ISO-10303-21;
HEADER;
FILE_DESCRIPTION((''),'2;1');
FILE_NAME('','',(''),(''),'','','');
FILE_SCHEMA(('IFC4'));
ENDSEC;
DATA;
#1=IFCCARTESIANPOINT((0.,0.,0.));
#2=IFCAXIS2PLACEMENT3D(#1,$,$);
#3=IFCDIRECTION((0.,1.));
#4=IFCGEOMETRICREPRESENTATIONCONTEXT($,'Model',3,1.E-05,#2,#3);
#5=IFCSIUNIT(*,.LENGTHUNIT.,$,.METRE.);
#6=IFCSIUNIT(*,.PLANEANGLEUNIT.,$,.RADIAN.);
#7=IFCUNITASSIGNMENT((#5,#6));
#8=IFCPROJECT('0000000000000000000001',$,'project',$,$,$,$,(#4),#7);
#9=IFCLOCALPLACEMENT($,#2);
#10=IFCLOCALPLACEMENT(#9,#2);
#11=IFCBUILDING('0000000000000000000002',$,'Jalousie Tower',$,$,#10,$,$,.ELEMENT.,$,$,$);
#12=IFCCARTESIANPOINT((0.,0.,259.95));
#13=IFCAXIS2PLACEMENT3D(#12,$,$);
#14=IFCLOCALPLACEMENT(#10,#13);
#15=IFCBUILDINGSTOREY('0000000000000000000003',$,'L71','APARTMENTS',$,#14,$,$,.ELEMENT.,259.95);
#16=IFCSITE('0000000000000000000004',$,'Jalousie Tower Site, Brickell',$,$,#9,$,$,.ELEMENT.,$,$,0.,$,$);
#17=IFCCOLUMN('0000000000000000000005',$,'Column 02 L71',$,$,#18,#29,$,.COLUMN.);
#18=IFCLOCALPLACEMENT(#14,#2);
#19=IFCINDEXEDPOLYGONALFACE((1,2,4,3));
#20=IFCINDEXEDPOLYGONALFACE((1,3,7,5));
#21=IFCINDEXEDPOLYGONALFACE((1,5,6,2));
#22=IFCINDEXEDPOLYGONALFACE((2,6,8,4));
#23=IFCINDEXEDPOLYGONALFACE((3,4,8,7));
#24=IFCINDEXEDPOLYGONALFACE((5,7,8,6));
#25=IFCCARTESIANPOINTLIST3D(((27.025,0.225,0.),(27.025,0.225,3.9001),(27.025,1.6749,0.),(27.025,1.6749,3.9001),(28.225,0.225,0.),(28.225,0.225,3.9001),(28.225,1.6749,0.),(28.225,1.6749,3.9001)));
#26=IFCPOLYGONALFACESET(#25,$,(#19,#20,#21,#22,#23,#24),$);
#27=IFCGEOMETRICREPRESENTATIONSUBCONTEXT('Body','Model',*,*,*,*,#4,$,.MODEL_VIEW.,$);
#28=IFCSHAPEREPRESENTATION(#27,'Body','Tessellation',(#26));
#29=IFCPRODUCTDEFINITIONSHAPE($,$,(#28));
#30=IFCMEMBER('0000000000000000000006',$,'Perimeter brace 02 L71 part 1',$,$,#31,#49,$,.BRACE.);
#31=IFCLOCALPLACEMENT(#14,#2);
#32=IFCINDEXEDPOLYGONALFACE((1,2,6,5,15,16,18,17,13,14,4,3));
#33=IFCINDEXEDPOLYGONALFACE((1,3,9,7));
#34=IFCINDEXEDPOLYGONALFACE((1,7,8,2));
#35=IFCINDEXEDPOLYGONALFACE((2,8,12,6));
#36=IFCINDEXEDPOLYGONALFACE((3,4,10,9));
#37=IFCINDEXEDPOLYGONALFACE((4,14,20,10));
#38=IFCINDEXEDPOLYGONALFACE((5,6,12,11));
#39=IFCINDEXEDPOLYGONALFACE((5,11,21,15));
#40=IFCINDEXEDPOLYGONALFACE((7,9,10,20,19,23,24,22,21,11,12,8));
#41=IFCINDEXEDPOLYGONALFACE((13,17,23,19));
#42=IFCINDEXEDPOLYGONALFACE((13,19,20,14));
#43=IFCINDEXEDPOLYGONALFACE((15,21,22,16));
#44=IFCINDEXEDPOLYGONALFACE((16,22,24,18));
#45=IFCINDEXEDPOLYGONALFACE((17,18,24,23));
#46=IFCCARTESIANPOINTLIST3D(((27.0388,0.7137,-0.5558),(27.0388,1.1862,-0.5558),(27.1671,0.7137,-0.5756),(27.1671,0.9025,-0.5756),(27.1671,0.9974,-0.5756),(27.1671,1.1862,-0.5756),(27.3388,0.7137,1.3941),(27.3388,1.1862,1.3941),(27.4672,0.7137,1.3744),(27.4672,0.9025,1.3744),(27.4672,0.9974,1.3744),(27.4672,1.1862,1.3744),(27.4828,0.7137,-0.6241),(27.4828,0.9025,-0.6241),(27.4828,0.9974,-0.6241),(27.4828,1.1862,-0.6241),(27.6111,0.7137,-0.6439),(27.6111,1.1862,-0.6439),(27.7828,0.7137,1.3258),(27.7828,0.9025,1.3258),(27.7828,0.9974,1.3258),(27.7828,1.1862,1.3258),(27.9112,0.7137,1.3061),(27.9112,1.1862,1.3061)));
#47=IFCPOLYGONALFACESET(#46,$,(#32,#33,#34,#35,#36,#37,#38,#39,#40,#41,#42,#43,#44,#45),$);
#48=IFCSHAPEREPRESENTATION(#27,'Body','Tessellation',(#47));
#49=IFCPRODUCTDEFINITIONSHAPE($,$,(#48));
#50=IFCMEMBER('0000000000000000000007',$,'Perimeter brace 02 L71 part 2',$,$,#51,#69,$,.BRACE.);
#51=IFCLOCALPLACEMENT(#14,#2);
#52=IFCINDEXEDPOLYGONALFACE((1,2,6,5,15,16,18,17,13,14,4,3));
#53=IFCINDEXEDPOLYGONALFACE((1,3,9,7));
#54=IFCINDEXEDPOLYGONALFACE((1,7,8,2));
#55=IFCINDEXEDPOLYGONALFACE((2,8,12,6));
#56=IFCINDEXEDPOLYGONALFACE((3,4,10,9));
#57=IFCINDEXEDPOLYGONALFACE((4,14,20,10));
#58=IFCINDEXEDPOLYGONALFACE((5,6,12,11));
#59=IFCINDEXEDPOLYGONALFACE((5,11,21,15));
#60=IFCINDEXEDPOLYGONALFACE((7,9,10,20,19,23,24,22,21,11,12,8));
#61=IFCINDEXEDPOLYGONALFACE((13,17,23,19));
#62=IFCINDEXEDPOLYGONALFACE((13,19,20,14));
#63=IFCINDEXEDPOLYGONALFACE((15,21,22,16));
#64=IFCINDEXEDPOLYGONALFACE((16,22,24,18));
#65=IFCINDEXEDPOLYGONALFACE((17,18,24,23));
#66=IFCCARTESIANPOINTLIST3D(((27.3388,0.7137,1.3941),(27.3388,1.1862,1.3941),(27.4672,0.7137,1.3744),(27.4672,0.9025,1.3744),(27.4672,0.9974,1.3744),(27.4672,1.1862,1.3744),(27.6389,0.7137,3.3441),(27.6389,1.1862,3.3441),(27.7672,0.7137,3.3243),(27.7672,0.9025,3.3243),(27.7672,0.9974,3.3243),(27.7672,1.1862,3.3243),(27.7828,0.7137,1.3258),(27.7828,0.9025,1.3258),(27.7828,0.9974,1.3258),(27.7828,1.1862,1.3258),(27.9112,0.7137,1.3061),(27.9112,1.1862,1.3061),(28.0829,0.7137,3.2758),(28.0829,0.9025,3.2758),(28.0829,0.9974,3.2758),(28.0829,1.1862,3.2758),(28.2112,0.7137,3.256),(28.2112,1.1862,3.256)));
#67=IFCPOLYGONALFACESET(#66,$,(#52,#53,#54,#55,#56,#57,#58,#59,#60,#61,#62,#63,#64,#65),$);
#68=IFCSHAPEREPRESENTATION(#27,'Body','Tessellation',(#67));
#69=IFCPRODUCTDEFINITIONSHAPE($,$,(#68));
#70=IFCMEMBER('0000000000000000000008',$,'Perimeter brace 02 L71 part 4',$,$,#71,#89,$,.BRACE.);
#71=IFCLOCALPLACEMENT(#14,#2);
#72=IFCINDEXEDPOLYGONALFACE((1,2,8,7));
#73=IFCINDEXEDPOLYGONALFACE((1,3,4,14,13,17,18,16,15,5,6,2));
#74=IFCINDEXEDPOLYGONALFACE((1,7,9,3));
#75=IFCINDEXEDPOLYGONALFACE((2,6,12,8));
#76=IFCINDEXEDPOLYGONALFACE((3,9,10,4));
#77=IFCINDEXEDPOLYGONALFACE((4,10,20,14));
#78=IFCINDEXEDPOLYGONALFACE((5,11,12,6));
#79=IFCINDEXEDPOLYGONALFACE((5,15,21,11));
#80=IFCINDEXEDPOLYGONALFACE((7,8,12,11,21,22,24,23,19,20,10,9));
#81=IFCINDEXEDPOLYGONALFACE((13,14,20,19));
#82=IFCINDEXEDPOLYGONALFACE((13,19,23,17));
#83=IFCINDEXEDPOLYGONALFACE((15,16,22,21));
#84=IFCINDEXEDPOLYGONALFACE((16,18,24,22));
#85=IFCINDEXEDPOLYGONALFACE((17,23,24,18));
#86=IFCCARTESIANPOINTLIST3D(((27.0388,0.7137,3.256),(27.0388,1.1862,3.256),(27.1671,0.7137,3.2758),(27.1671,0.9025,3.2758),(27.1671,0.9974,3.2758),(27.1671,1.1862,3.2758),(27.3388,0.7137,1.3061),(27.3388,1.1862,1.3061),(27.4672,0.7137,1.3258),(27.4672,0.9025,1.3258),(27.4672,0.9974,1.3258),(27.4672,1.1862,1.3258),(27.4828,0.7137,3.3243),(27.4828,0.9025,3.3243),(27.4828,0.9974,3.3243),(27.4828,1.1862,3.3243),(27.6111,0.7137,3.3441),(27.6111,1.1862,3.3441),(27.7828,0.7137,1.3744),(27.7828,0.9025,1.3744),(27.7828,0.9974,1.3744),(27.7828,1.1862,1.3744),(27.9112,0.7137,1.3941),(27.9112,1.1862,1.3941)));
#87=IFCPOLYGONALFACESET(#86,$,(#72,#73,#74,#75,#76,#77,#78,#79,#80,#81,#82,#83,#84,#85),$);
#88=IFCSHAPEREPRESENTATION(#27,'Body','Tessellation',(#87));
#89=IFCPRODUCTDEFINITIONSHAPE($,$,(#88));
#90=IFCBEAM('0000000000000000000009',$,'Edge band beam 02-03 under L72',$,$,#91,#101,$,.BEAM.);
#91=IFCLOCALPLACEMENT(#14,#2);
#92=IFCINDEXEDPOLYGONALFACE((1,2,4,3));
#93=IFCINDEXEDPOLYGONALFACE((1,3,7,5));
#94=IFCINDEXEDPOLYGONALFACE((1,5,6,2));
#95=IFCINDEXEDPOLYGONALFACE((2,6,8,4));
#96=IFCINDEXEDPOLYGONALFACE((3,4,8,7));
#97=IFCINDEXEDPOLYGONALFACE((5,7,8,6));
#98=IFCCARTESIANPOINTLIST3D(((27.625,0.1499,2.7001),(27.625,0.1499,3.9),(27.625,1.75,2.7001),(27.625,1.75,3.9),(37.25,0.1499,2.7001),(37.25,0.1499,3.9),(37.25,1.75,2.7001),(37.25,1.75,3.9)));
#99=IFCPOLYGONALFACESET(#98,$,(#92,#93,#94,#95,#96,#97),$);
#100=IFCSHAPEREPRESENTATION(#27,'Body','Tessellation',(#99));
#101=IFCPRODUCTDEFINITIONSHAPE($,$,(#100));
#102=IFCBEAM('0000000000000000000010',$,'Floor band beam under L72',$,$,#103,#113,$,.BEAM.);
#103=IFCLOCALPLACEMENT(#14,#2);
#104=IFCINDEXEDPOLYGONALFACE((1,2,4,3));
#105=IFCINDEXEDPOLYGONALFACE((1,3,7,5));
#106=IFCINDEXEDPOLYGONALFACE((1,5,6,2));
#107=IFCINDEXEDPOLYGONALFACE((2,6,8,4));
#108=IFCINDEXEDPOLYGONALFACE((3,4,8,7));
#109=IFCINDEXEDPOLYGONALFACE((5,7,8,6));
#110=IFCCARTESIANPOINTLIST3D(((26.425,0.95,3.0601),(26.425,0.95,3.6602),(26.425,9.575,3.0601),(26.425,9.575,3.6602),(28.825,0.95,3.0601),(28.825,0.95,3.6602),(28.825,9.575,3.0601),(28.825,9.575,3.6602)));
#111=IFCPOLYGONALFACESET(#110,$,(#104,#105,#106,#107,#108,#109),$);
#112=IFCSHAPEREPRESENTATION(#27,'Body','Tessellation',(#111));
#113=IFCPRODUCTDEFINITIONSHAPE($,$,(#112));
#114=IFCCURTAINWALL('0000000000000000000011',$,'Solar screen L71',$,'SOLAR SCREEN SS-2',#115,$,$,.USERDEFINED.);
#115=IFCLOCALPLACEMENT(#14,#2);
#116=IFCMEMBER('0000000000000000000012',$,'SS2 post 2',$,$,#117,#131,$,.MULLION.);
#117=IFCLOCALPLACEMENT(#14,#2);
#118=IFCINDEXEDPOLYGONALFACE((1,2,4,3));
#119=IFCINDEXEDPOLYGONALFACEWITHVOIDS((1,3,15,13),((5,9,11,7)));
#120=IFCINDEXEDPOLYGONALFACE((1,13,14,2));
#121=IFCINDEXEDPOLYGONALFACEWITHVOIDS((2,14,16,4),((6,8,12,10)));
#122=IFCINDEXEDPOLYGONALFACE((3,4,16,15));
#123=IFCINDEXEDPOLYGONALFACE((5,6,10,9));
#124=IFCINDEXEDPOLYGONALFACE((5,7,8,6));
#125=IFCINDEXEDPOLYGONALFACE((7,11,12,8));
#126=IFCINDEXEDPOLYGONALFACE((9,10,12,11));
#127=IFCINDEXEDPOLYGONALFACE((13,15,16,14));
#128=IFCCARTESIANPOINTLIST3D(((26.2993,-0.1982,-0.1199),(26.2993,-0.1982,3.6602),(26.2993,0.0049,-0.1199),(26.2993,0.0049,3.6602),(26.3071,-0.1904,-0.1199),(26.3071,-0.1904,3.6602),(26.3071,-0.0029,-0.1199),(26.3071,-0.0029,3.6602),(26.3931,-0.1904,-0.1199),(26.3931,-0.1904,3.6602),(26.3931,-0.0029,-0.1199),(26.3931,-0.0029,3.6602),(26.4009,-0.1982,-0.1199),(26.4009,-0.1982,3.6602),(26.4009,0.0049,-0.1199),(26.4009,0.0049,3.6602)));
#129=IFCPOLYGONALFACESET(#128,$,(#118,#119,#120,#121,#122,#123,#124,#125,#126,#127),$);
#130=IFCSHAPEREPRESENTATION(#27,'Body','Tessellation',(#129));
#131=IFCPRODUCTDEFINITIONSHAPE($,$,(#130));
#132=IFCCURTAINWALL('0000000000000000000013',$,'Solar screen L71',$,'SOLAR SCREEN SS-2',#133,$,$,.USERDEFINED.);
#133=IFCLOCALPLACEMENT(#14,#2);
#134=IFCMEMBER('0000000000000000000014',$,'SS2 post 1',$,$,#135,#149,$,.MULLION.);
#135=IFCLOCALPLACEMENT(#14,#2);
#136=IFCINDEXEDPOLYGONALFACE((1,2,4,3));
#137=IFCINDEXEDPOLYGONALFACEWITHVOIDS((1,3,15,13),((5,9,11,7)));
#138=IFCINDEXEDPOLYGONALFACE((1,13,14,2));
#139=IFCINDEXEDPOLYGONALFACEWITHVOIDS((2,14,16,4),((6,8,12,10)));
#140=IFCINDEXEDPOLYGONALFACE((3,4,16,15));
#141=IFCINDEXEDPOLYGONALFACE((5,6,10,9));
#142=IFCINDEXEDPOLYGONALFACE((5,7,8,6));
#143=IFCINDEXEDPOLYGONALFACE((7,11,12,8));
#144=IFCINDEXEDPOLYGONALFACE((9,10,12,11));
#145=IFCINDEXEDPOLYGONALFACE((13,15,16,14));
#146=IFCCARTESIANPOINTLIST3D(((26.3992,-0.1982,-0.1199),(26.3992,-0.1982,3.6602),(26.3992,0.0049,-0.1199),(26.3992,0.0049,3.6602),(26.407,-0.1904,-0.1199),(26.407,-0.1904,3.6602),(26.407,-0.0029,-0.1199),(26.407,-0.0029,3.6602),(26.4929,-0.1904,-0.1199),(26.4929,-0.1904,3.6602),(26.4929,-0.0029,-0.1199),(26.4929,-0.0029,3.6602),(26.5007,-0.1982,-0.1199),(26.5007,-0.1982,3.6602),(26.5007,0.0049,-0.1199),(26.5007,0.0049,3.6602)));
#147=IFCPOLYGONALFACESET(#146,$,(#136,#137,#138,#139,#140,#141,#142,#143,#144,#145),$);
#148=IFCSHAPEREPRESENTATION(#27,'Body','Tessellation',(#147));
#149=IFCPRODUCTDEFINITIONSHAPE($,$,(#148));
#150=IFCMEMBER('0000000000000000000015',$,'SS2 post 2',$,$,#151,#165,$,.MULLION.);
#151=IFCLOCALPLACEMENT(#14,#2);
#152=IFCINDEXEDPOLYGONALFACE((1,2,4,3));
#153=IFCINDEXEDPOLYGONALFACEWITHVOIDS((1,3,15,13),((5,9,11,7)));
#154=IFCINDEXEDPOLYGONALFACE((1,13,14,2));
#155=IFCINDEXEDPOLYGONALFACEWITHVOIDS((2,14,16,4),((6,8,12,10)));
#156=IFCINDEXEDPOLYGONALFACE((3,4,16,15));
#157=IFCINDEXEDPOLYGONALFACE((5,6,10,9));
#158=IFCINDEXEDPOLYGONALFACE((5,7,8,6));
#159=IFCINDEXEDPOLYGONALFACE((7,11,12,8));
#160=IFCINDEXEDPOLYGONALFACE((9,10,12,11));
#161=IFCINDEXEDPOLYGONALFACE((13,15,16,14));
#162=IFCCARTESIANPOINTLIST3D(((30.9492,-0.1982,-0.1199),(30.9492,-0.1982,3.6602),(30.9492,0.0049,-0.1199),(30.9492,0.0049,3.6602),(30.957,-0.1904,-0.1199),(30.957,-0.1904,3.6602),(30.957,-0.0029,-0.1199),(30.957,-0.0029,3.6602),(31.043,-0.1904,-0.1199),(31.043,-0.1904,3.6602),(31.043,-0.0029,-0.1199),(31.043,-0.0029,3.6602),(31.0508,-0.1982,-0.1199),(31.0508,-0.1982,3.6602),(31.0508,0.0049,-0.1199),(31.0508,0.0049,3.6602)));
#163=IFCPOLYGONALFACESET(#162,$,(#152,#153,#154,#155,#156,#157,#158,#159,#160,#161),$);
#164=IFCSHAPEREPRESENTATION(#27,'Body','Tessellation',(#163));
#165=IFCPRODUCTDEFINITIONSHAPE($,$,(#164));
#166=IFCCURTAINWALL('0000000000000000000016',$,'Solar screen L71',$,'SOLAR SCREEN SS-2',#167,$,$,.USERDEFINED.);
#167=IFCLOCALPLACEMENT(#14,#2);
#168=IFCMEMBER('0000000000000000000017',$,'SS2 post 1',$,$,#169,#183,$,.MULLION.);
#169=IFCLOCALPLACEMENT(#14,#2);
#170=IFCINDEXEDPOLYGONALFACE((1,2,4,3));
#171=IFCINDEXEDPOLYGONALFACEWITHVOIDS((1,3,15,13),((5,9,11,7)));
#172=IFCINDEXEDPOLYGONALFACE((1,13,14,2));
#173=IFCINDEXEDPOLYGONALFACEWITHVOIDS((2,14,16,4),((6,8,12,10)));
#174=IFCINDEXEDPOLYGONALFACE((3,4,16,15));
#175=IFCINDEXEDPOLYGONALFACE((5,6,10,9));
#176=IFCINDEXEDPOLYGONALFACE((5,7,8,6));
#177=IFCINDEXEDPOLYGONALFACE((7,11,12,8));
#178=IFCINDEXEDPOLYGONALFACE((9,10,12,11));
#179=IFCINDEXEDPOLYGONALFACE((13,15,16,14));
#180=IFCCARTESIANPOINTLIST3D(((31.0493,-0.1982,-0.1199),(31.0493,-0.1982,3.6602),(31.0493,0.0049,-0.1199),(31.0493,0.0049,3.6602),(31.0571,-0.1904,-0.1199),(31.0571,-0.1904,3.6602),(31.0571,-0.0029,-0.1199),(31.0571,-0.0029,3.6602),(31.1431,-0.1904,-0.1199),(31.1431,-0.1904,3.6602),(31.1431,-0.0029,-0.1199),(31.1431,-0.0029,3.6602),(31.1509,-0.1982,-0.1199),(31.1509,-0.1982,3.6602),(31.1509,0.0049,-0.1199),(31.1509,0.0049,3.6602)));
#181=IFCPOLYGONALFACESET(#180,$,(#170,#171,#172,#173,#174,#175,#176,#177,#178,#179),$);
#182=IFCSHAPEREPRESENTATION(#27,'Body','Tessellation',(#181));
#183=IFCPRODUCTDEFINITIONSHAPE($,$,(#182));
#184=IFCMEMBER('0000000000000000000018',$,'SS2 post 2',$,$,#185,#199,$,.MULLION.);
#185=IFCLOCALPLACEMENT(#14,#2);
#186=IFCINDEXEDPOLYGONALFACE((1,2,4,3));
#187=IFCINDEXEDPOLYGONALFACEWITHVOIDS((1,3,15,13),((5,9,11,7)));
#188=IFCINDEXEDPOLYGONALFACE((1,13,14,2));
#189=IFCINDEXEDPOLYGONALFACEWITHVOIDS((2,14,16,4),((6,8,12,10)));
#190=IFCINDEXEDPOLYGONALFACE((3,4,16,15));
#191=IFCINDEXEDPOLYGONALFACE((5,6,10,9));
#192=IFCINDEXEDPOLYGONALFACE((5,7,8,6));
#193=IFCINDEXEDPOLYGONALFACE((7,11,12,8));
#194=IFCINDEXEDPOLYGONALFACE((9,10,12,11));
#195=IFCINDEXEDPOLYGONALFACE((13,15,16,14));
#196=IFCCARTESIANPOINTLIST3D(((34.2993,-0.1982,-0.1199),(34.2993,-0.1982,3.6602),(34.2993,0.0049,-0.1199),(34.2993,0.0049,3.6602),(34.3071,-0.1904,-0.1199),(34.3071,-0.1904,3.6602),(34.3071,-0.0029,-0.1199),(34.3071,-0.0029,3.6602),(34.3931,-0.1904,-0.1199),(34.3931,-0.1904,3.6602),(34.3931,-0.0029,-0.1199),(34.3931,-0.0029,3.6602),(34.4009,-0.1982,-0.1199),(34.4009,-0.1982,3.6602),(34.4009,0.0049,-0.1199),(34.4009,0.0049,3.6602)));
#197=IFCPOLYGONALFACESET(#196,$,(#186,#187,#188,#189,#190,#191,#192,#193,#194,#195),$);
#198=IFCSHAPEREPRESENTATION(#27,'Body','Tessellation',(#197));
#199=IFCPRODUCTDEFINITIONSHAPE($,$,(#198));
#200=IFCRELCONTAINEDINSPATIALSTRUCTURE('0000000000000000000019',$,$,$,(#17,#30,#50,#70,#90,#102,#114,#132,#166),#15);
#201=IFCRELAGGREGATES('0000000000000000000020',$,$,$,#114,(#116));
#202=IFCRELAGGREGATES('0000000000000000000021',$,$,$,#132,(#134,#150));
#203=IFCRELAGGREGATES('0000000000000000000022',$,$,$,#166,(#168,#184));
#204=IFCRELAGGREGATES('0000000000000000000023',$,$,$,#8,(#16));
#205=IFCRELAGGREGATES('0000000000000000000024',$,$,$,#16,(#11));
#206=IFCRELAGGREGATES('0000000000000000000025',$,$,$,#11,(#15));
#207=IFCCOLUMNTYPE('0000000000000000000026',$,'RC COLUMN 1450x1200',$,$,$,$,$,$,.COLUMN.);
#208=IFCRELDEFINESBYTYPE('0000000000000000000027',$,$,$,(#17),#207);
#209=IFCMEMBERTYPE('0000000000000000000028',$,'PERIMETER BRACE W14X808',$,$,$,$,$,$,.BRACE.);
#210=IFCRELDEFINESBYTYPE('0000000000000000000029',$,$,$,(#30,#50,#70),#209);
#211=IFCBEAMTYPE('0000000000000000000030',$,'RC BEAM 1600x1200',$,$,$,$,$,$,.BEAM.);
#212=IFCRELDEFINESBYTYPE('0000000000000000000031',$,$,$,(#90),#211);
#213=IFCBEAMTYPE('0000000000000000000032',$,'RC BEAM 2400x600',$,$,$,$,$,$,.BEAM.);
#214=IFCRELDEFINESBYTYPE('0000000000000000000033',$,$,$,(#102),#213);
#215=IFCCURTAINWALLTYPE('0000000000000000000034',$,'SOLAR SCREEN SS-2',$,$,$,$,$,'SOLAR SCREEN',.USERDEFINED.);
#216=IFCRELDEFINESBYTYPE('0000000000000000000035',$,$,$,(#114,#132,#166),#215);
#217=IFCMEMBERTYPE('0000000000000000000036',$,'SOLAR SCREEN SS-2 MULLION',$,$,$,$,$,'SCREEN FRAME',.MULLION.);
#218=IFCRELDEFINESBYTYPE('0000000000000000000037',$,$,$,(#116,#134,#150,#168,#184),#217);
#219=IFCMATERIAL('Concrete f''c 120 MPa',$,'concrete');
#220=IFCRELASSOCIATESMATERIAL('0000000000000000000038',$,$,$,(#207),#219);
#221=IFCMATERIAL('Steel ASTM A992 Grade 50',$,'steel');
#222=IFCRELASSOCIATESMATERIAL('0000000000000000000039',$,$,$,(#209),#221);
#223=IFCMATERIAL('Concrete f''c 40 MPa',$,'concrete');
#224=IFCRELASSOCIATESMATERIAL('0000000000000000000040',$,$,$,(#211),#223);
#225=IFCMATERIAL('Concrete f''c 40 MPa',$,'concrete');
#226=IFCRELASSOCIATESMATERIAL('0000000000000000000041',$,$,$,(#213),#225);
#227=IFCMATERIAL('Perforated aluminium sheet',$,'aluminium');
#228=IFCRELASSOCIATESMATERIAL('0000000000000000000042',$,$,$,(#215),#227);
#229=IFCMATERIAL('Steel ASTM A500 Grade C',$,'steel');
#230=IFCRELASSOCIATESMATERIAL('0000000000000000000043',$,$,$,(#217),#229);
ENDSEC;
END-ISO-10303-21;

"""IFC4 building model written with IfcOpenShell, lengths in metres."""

from ifc_helpers import new_model, si_unit, direction, frame, origin, origin_2d, place, context, subcontext, project, spatial, rectangle, hollow_rectangle, i_section, extrude, material, material_profile, profile_set, type_object, element, aggregate, save


model = new_model("IFC4")

# Units and contexts
model_context = context("Model", 3, precision=1e-05, world=origin(), true_north=direction((0.0, 1.0)))
body_context = subcontext(model_context, "Body", "Model", "MODEL_VIEW")
ifc_project = project(units=[si_unit("LENGTHUNIT", "METRE"), si_unit("PLANEANGLEUNIT", "RADIAN")], contexts=[model_context])

# Site, building, storey
site_placement = place(None, origin())
site = spatial("IfcSite", under=ifc_project, at=site_placement, Name="Jalousie Tower Site, Brickell", CompositionType="ELEMENT", RefElevation=0.0)
building_placement = place(site_placement, origin())
building = spatial("IfcBuilding", under=site, at=building_placement, Name="Jalousie Tower", CompositionType="ELEMENT")
storey_placement = place(building_placement, frame((0.0, 0.0, 259.95)))
storey = spatial("IfcBuildingStorey", under=building, at=storey_placement, Name="L71", Description="APARTMENTS", CompositionType="ELEMENT", Elevation=259.95)

# Column
ifc_material_1 = material(Name="Concrete f'c 120 MPa", Category="concrete")
ifc_material_profile_1 = material_profile(ifc_material_1, rectangle(XDim=1.45, YDim=1.2, at=origin_2d()), Name="RC 1450x1200")
ifc_profile_set_1 = profile_set([ifc_material_profile_1], Name="Concrete f'c 120 MPa")
column_type = type_object("IfcColumnType", Name="RC COLUMN 1450x1200", PredefinedType="COLUMN", material=ifc_profile_set_1)
column_placement = place(storey_placement, frame((27.625, 0.95, 0.0), z_axis=(0.0, 0.0, 1.0), x_axis=(0.0, 1.0, 0.0)))
element("IfcColumn", 1, at=column_placement, inside=storey, type_object=column_type, Name="Column 02 L71", PredefinedType="COLUMN", context=body_context, shape_type="SweptSolid", body=[
    extrude(rectangle(XDim=1.45, YDim=1.2, at=origin_2d()), origin(), (0.0, 0.0, 1.0), 3.9001),
])

# Members
ifc_material_2 = material(Name="Steel ASTM A992 Grade 50", Category="steel")
ifc_material_profile_2 = material_profile(ifc_material_2, i_section(OverallWidth=0.4724, OverallDepth=0.5791, WebThickness=0.095, FlangeThickness=0.1299, at=origin_2d()), Name="W14X808")
ifc_profile_set_2 = profile_set([ifc_material_profile_2], Name="Steel ASTM A992 Grade 50")
member_type_1 = type_object("IfcMemberType", Name="PERIMETER BRACE W14X808", PredefinedType="BRACE", material=ifc_profile_set_2)
for number, where, z_axis, x_axis, name in (
    (2, (27.325, 0.95, -0.5999), (0.152085, 0.0, 0.988367), (0.0, 1.0, 0.0), "Perimeter brace 02 L71 part 1"),
    (3, (27.625, 0.95, 1.3501), (0.152085, 0.0, 0.988367), (0.0, 1.0, 0.0), "Perimeter brace 02 L71 part 2"),
    (4, (27.625, 0.95, 1.3501), (-0.152085, 0.0, 0.988367), (0.0, -1.0, 0.0), "Perimeter brace 02 L71 part 4"),
):
    element("IfcMember", number, at=place(storey_placement, frame(where, z_axis=z_axis, x_axis=x_axis)), inside=storey, type_object=member_type_1, Name=name, PredefinedType="BRACE", context=body_context, shape_type="SweptSolid", body=[
        extrude(i_section(OverallWidth=0.4724, OverallDepth=0.5791, WebThickness=0.095, FlangeThickness=0.1299, at=origin_2d()), origin(), (0.0, 0.0, 1.0), 1.9729),
    ])

# Beams
ifc_material_3 = material(Name="Concrete f'c 40 MPa", Category="concrete")
ifc_material_profile_3 = material_profile(ifc_material_3, rectangle(XDim=1.6001, YDim=1.2, at=origin_2d()), Name="RC 1600x1200")
ifc_profile_set_3 = profile_set([ifc_material_profile_3], Name="Concrete f'c 40 MPa")
beam_type_1 = type_object("IfcBeamType", Name="RC BEAM 1600x1200", PredefinedType="BEAM", material=ifc_profile_set_3)
beam_1_placement = place(storey_placement, frame((27.625, 0.95, 3.3), z_axis=(1.0, 0.0, 0.0), x_axis=(0.0, 1.0, 0.0)))
element("IfcBeam", 5, at=beam_1_placement, inside=storey, type_object=beam_type_1, Name="Edge band beam 02-03 under L72", PredefinedType="BEAM", context=body_context, shape_type="SweptSolid", body=[
    extrude(rectangle(XDim=1.6001, YDim=1.2, at=origin_2d()), origin(), (0.0, 0.0, 1.0), 9.625),
])
ifc_material_4 = material(Name="Concrete f'c 40 MPa", Category="concrete")
ifc_material_profile_4 = material_profile(ifc_material_4, rectangle(XDim=2.3999, YDim=0.6001, at=origin_2d()), Name="RC 2400x600")
ifc_profile_set_4 = profile_set([ifc_material_profile_4], Name="Concrete f'c 40 MPa")
beam_type_2 = type_object("IfcBeamType", Name="RC BEAM 2400x600", PredefinedType="BEAM", material=ifc_profile_set_4)
beam_2_placement = place(storey_placement, frame((27.625, 0.95, 3.3601), z_axis=(0.0, 1.0, 0.0), x_axis=(-1.0, 0.0, 0.0)))
element("IfcBeam", 6, at=beam_2_placement, inside=storey, type_object=beam_type_2, Name="Floor band beam under L72", PredefinedType="BEAM", context=body_context, shape_type="SweptSolid", body=[
    extrude(rectangle(XDim=2.3999, YDim=0.6001, at=origin_2d()), origin(), (0.0, 0.0, 1.0), 8.625),
])

# Curtain wall, member
ifc_material_5 = material(Name="Perforated aluminium sheet", Category="aluminium")
curtain_wall_type = type_object("IfcCurtainWallType", Name="SOLAR SCREEN SS-2", ElementType="SOLAR SCREEN", PredefinedType="USERDEFINED", material=ifc_material_5)
curtain_wall_1_placement = place(storey_placement, origin())
curtain_wall_1 = element("IfcCurtainWall", 7, at=curtain_wall_1_placement, inside=storey, type_object=curtain_wall_type, Name="Solar screen L71", ObjectType="SOLAR SCREEN SS-2", PredefinedType="USERDEFINED")
ifc_material_6 = material(Name="Steel ASTM A500 Grade C", Category="steel")
ifc_material_profile_5 = material_profile(ifc_material_6, hollow_rectangle(XDim=0.1016, YDim=0.2031, WallThickness=0.0078, at=origin_2d()), Name="HSS8X4X5/16")
ifc_profile_set_5 = profile_set([ifc_material_profile_5], Name="Steel ASTM A500 Grade C")
member_type_2 = type_object("IfcMemberType", Name="SOLAR SCREEN SS-2 MULLION", ElementType="SCREEN FRAME", PredefinedType="MULLION", material=ifc_profile_set_5)
member_1_placement = place(storey_placement, frame((26.3501, -0.0967, -0.1199), z_axis=(0.0, 0.0, 1.0), x_axis=(1.0, 0.0, 0.0)))
member_1 = element("IfcMember", 8, at=member_1_placement, type_object=member_type_2, Name="SS2 post 2", PredefinedType="MULLION", context=body_context, shape_type="SweptSolid", body=[
    extrude(hollow_rectangle(XDim=0.1016, YDim=0.2031, WallThickness=0.0078, at=origin_2d()), origin(), (0.0, 0.0, 1.0), 3.78),
])

# Curtain walls, members
curtain_wall_2_placement = place(storey_placement, origin())
curtain_wall_2 = element("IfcCurtainWall", 9, at=curtain_wall_2_placement, inside=storey, type_object=curtain_wall_type, Name="Solar screen L71", ObjectType="SOLAR SCREEN SS-2", PredefinedType="USERDEFINED")
member_2_placement = place(storey_placement, frame((26.45, -0.0967, -0.1199), z_axis=(0.0, 0.0, 1.0), x_axis=(1.0, 0.0, 0.0)))
member_2 = element("IfcMember", 10, at=member_2_placement, type_object=member_type_2, Name="SS2 post 1", PredefinedType="MULLION", context=body_context, shape_type="SweptSolid", body=[
    extrude(hollow_rectangle(XDim=0.1016, YDim=0.2031, WallThickness=0.0078, at=origin_2d()), origin(), (0.0, 0.0, 1.0), 3.78),
])
member_3_placement = place(storey_placement, frame((31.0, -0.0967, -0.1199), z_axis=(0.0, 0.0, 1.0), x_axis=(1.0, 0.0, 0.0)))
member_3 = element("IfcMember", 11, at=member_3_placement, type_object=member_type_2, Name="SS2 post 2", PredefinedType="MULLION", context=body_context, shape_type="SweptSolid", body=[
    extrude(hollow_rectangle(XDim=0.1016, YDim=0.2031, WallThickness=0.0078, at=origin_2d()), origin(), (0.0, 0.0, 1.0), 3.78),
])
curtain_wall_3_placement = place(storey_placement, origin())
curtain_wall_3 = element("IfcCurtainWall", 12, at=curtain_wall_3_placement, inside=storey, type_object=curtain_wall_type, Name="Solar screen L71", ObjectType="SOLAR SCREEN SS-2", PredefinedType="USERDEFINED")
member_4_placement = place(storey_placement, frame((31.1001, -0.0967, -0.1199), z_axis=(0.0, 0.0, 1.0), x_axis=(1.0, 0.0, 0.0)))
member_4 = element("IfcMember", 13, at=member_4_placement, type_object=member_type_2, Name="SS2 post 1", PredefinedType="MULLION", context=body_context, shape_type="SweptSolid", body=[
    extrude(hollow_rectangle(XDim=0.1016, YDim=0.2031, WallThickness=0.0078, at=origin_2d()), origin(), (0.0, 0.0, 1.0), 3.78),
])
member_5_placement = place(storey_placement, frame((34.3501, -0.0967, -0.1199), z_axis=(0.0, 0.0, 1.0), x_axis=(1.0, 0.0, 0.0)))
member_5 = element("IfcMember", 14, at=member_5_placement, type_object=member_type_2, Name="SS2 post 2", PredefinedType="MULLION", context=body_context, shape_type="SweptSolid", body=[
    extrude(hollow_rectangle(XDim=0.1016, YDim=0.2031, WallThickness=0.0078, at=origin_2d()), origin(), (0.0, 0.0, 1.0), 3.78),
])

aggregate(curtain_wall_1, [member_1])
aggregate(curtain_wall_2, [member_2, member_3])
aggregate(curtain_wall_3, [member_4, member_5])

save(model, "model.ifc")
